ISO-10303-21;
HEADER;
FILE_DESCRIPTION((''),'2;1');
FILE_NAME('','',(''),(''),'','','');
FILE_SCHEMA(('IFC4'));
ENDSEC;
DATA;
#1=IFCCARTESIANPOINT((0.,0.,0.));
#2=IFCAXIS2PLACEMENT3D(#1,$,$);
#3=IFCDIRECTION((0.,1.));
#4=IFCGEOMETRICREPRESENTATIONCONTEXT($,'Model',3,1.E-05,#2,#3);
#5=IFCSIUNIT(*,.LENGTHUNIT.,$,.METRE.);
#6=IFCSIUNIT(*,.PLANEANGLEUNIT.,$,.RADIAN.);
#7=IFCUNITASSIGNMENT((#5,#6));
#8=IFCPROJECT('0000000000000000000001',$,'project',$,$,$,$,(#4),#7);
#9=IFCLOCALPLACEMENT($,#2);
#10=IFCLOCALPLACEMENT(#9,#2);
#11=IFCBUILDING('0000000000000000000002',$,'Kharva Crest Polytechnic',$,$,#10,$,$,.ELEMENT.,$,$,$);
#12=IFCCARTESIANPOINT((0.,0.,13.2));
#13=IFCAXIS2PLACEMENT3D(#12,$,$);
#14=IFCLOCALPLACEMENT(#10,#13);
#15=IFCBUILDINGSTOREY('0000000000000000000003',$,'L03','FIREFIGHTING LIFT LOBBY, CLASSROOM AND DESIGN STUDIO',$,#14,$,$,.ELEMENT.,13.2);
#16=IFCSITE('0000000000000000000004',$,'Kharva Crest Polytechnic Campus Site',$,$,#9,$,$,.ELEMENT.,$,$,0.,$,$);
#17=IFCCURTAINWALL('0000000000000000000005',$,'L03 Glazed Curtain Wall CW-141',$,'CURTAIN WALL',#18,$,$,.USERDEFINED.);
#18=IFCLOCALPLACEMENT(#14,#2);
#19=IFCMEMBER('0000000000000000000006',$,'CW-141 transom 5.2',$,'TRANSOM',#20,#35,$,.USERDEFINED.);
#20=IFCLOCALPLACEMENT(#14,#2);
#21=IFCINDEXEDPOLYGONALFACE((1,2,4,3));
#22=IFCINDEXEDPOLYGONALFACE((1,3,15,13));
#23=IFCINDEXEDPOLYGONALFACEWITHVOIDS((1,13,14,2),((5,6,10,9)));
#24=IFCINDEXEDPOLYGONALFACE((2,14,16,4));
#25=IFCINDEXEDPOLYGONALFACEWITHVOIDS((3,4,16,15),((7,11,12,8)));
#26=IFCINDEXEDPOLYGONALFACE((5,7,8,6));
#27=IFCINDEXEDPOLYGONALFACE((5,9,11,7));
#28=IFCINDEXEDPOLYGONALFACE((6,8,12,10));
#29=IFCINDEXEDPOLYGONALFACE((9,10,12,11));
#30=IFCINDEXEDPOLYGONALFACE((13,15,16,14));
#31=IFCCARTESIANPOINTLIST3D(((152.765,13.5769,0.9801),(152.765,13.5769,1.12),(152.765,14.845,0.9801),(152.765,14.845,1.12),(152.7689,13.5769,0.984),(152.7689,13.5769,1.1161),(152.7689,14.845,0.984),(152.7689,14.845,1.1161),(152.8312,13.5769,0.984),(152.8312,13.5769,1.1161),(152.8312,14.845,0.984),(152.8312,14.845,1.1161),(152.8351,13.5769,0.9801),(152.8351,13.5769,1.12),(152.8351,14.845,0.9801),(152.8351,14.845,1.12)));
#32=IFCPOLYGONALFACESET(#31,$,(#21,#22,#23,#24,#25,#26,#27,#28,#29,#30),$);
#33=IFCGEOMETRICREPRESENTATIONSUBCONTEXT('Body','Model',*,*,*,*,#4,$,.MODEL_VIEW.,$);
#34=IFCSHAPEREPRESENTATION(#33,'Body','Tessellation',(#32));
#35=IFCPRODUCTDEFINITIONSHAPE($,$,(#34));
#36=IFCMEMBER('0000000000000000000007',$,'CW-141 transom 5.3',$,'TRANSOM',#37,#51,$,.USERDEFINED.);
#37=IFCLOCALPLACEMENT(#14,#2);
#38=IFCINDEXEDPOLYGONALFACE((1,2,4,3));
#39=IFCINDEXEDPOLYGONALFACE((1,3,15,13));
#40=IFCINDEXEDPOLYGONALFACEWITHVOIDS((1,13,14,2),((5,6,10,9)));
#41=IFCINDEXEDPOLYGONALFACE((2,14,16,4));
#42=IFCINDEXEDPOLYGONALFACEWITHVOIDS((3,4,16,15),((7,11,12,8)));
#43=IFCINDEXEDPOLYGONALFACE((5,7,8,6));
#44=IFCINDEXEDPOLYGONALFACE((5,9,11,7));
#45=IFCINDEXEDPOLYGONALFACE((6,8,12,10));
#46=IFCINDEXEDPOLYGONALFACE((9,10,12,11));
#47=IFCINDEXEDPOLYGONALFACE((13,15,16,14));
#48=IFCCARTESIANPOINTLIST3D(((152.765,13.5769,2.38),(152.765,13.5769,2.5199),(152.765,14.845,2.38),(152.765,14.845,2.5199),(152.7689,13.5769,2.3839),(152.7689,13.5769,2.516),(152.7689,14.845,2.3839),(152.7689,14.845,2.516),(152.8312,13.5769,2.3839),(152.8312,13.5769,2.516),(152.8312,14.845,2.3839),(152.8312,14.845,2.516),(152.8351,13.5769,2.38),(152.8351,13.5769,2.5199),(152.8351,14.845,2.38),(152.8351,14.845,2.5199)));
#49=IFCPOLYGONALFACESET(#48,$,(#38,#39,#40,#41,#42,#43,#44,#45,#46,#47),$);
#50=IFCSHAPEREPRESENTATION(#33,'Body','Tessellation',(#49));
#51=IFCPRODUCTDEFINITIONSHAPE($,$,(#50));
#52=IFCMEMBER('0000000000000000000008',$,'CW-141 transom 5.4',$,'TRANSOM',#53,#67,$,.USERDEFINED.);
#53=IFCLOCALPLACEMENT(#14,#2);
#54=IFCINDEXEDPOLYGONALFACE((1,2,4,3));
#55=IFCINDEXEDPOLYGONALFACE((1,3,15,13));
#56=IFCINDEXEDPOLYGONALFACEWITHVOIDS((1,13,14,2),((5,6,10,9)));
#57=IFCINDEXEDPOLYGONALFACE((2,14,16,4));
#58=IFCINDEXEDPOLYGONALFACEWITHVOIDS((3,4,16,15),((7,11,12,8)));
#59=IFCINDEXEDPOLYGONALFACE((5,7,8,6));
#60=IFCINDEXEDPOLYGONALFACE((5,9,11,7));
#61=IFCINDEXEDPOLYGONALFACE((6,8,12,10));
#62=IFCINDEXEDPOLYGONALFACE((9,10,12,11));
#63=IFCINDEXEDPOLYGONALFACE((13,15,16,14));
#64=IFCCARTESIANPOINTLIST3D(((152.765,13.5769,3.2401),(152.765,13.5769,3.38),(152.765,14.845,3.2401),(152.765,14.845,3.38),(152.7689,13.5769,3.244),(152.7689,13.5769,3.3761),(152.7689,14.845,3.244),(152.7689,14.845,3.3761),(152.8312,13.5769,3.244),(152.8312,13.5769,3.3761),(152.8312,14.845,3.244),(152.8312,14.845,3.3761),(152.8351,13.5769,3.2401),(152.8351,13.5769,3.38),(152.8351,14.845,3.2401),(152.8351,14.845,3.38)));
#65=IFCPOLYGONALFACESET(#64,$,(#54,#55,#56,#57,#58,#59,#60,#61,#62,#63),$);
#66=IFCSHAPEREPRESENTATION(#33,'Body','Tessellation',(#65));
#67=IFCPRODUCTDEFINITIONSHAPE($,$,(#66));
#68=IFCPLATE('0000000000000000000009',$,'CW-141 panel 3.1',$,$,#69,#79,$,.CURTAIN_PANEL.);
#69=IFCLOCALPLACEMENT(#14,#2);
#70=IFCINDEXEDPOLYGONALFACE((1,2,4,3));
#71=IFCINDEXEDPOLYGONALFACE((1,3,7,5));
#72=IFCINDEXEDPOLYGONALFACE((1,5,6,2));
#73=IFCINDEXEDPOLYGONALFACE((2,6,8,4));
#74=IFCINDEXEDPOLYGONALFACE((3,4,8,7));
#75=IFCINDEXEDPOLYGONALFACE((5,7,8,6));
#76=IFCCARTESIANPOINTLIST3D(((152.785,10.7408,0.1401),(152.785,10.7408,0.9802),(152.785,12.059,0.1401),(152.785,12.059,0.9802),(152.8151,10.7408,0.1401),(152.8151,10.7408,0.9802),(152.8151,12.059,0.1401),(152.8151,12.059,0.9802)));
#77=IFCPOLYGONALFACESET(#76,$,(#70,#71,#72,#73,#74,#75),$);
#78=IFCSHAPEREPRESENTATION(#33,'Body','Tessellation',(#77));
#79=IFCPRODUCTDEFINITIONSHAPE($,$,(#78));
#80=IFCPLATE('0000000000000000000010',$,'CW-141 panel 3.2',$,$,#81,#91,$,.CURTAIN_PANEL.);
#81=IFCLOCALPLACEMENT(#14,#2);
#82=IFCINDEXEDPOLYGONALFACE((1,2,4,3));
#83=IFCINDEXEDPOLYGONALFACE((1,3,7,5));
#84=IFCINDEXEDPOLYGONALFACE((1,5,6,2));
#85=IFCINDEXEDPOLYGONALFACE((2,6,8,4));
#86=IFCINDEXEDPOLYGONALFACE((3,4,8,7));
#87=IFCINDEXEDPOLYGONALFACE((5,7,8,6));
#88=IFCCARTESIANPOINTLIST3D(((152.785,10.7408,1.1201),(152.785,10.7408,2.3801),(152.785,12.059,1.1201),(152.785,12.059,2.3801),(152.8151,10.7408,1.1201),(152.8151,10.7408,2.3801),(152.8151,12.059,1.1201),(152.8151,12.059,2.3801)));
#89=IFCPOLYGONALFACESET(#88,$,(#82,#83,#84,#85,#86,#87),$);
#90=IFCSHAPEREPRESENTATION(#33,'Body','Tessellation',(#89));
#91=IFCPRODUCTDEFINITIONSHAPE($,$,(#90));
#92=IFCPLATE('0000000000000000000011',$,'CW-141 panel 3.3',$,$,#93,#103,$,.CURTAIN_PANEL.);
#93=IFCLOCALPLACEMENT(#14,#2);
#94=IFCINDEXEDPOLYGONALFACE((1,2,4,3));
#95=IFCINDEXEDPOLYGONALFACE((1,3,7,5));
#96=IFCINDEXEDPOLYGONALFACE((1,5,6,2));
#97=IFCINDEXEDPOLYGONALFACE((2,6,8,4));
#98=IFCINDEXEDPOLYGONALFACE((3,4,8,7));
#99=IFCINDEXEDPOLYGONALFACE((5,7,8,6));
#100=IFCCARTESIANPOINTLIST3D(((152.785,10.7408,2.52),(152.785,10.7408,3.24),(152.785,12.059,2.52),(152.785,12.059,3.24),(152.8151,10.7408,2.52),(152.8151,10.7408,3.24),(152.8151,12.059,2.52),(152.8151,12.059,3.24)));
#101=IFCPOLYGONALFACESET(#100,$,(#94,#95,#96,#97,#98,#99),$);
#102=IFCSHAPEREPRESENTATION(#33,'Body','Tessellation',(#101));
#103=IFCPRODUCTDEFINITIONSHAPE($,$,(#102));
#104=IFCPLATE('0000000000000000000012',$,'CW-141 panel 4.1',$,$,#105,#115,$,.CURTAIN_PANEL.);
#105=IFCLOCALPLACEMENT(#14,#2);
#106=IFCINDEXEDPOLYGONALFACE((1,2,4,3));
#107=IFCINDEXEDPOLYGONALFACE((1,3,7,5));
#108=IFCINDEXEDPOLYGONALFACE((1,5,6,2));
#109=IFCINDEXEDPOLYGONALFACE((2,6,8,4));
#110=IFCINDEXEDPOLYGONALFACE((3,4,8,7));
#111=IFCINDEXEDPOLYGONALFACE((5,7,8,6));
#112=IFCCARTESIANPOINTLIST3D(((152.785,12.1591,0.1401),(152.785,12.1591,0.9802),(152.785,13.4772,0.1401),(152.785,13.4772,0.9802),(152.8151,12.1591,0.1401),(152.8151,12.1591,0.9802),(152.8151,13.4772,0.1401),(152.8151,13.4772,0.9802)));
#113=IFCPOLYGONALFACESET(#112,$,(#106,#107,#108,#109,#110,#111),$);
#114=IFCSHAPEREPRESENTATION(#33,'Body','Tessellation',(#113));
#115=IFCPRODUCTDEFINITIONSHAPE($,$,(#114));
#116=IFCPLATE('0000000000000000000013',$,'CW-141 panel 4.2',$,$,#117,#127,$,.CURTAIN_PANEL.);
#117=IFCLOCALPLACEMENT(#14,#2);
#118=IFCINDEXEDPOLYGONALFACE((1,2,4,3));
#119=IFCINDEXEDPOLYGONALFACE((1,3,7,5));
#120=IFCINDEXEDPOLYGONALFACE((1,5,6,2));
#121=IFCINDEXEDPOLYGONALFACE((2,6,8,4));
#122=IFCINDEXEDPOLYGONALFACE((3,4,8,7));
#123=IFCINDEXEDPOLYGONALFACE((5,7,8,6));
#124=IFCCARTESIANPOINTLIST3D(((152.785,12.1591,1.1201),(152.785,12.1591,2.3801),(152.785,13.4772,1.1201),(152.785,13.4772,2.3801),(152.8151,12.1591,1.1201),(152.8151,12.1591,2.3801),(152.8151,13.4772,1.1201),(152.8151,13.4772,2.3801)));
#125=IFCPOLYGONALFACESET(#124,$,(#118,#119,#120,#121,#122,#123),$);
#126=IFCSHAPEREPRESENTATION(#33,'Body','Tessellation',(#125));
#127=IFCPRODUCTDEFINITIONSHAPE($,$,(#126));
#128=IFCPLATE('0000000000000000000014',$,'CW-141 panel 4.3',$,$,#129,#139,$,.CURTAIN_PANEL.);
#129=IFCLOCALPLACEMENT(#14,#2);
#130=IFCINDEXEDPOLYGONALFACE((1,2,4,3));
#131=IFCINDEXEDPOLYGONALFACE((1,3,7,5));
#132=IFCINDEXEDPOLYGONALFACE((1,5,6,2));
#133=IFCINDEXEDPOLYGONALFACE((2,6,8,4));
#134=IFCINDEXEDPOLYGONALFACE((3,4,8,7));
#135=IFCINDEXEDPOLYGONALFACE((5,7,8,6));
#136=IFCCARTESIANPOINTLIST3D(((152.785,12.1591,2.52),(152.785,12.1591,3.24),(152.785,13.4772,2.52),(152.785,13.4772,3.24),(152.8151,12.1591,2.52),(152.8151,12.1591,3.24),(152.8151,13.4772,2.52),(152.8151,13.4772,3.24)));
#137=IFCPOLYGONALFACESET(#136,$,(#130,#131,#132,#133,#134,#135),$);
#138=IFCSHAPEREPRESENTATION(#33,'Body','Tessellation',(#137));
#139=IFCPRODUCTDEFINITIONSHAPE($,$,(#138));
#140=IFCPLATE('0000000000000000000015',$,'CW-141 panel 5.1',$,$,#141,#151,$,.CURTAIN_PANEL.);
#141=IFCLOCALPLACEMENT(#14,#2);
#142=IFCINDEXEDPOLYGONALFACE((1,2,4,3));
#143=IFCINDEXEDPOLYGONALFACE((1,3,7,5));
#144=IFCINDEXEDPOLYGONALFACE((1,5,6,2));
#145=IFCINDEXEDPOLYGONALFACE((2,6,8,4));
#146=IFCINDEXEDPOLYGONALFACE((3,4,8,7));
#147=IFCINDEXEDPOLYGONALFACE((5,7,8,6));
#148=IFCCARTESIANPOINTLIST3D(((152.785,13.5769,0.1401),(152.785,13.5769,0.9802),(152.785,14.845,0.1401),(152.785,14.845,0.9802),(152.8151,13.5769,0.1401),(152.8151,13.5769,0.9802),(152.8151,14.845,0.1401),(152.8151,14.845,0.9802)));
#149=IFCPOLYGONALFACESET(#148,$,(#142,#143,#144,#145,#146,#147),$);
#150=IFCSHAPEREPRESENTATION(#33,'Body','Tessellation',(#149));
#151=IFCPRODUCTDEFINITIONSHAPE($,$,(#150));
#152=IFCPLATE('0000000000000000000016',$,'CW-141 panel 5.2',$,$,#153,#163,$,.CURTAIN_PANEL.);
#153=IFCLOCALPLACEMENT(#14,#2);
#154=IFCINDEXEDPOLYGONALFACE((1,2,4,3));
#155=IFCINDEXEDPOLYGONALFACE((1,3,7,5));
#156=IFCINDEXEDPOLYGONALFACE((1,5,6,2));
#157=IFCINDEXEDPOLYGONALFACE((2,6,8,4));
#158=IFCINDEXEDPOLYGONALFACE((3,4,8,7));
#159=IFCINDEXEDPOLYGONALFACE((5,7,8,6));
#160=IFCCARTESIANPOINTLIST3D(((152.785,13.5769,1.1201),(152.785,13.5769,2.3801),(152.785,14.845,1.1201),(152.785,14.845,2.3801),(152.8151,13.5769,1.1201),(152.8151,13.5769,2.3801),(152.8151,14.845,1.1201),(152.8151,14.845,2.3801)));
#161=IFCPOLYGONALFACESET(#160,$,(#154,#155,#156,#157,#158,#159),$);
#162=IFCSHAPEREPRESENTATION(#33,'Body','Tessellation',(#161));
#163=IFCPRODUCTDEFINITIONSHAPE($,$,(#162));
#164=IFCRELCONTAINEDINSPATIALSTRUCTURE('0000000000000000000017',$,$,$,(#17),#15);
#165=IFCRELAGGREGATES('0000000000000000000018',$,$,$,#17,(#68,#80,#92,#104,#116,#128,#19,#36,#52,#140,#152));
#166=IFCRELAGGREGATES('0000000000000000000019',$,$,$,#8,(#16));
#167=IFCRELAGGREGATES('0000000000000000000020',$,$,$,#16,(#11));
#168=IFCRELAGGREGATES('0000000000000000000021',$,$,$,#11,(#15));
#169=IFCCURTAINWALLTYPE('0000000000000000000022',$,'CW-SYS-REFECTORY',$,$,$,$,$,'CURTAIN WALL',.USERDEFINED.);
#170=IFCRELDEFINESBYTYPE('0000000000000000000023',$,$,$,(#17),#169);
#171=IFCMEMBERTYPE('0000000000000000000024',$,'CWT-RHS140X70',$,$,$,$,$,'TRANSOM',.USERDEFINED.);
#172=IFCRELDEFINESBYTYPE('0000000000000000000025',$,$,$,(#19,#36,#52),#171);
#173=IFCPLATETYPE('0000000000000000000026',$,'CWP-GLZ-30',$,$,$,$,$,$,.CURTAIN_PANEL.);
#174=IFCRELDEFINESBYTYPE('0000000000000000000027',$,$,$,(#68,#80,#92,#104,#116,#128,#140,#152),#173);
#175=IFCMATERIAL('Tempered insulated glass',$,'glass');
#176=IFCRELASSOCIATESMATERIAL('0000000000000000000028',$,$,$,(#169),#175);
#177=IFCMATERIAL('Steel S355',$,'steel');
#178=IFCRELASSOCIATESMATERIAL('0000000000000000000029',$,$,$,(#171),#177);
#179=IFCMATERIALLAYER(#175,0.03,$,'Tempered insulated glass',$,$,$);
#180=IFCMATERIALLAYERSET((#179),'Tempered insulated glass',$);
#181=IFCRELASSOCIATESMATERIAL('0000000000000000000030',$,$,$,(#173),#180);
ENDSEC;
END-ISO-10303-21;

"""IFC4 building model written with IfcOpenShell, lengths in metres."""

from ifc_helpers import new_model, si_unit, direction, frame, origin, origin_2d, place, context, subcontext, project, spatial, rectangle, hollow_rectangle, extrude, material, layer, layer_set, material_profile, profile_set, type_object, element, aggregate, save


model = new_model("IFC4")

# Units and contexts
model_context = context("Model", 3, precision=1e-05, world=origin(), true_north=direction((0.0, 1.0)))
body_context = subcontext(model_context, "Body", "Model", "MODEL_VIEW")
ifc_project = project(units=[si_unit("LENGTHUNIT", "METRE"), si_unit("PLANEANGLEUNIT", "RADIAN")], contexts=[model_context])

# Site, building, storey
site_placement = place(None, origin())
site = spatial("IfcSite", under=ifc_project, at=site_placement, Name="Kharva Crest Polytechnic Campus Site", CompositionType="ELEMENT", RefElevation=0.0)
building_placement = place(site_placement, origin())
building = spatial("IfcBuilding", under=site, at=building_placement, Name="Kharva Crest Polytechnic", CompositionType="ELEMENT")
storey_placement = place(building_placement, frame((0.0, 0.0, 13.2)))
storey = spatial("IfcBuildingStorey", under=building, at=storey_placement, Name="L03", Description="FIREFIGHTING LIFT LOBBY, CLASSROOM AND DESIGN STUDIO", CompositionType="ELEMENT", Elevation=13.2)

# Curtain wall, members, plates
ifc_material_1 = material(Name="Tempered insulated glass", Category="glass")
curtain_wall_type = type_object("IfcCurtainWallType", Name="CW-SYS-REFECTORY", ElementType="CURTAIN WALL", PredefinedType="USERDEFINED", material=ifc_material_1)
curtain_wall_placement = place(storey_placement, origin())
curtain_wall = element("IfcCurtainWall", 1, at=curtain_wall_placement, inside=storey, type_object=curtain_wall_type, Name="L03 Glazed Curtain Wall CW-141", ObjectType="CURTAIN WALL", PredefinedType="USERDEFINED")
ifc_material_2 = material(Name="Steel S355", Category="steel")
ifc_material_profile_1 = material_profile(ifc_material_2, hollow_rectangle(XDim=0.0701, YDim=0.1399, WallThickness=0.0039, at=origin_2d()), Name="RHS 140X70X4.0")
ifc_profile_set_1 = profile_set([ifc_material_profile_1], Name="Steel S355")
member_type_1 = type_object("IfcMemberType", Name="CWT-RHS140X70", ElementType="TRANSOM", PredefinedType="USERDEFINED", material=ifc_profile_set_1)
member_1_placement = place(storey_placement, frame((152.8, 13.5769, 1.05), z_axis=(0.0, 1.0, 0.0), x_axis=(-1.0, 0.0, 0.0)))
member_1 = element("IfcMember", 2, at=member_1_placement, type_object=member_type_1, Name="CW-141 transom 5.2", ObjectType="TRANSOM", PredefinedType="USERDEFINED", context=body_context, shape_type="SweptSolid", body=[
    extrude(hollow_rectangle(XDim=0.0701, YDim=0.1399, WallThickness=0.0039, at=origin_2d()), origin(), (0.0, 0.0, 1.0), 1.2681),
])
member_2_placement = place(storey_placement, frame((152.8, 13.5769, 2.45), z_axis=(0.0, 1.0, 0.0), x_axis=(-1.0, 0.0, 0.0)))
member_2 = element("IfcMember", 3, at=member_2_placement, type_object=member_type_1, Name="CW-141 transom 5.3", ObjectType="TRANSOM", PredefinedType="USERDEFINED", context=body_context, shape_type="SweptSolid", body=[
    extrude(hollow_rectangle(XDim=0.0701, YDim=0.1399, WallThickness=0.0039, at=origin_2d()), origin(), (0.0, 0.0, 1.0), 1.2681),
])
member_3_placement = place(storey_placement, frame((152.8, 13.5769, 3.3101), z_axis=(0.0, 1.0, 0.0), x_axis=(-1.0, 0.0, 0.0)))
member_3 = element("IfcMember", 4, at=member_3_placement, type_object=member_type_1, Name="CW-141 transom 5.4", ObjectType="TRANSOM", PredefinedType="USERDEFINED", context=body_context, shape_type="SweptSolid", body=[
    extrude(hollow_rectangle(XDim=0.0701, YDim=0.1399, WallThickness=0.0039, at=origin_2d()), origin(), (0.0, 0.0, 1.0), 1.2681),
])
ifc_layer = layer(ifc_material_1, 0.03, Name="Tempered insulated glass")
ifc_layer_set = layer_set([ifc_layer], Name="Tempered insulated glass")
plate_type = type_object("IfcPlateType", Name="CWP-GLZ-30", PredefinedType="CURTAIN_PANEL", material=ifc_layer_set)
plate_1_placement = place(storey_placement, frame((152.8, 11.3999, 0.1401), z_axis=(0.0, 0.0, 1.0), x_axis=(0.0, 1.0, 0.0)))
plate_1 = element("IfcPlate", 5, at=plate_1_placement, type_object=plate_type, Name="CW-141 panel 3.1", PredefinedType="CURTAIN_PANEL", context=body_context, shape_type="SweptSolid", body=[
    extrude(rectangle(XDim=1.3181, YDim=0.03, at=origin_2d()), origin(), (0.0, 0.0, 1.0), 0.8401),
])
plate_2_placement = place(storey_placement, frame((152.8, 11.3999, 1.1201), z_axis=(0.0, 0.0, 1.0), x_axis=(0.0, 1.0, 0.0)))
plate_2 = element("IfcPlate", 6, at=plate_2_placement, type_object=plate_type, Name="CW-141 panel 3.2", PredefinedType="CURTAIN_PANEL", context=body_context, shape_type="SweptSolid", body=[
    extrude(rectangle(XDim=1.3181, YDim=0.03, at=origin_2d()), origin(), (0.0, 0.0, 1.0), 1.26),
])
plate_3_placement = place(storey_placement, frame((152.8, 11.3999, 2.52), z_axis=(0.0, 0.0, 1.0), x_axis=(0.0, 1.0, 0.0)))
plate_3 = element("IfcPlate", 7, at=plate_3_placement, type_object=plate_type, Name="CW-141 panel 3.3", PredefinedType="CURTAIN_PANEL", context=body_context, shape_type="SweptSolid", body=[
    extrude(rectangle(XDim=1.3181, YDim=0.03, at=origin_2d()), origin(), (0.0, 0.0, 1.0), 0.72),
])
plate_4_placement = place(storey_placement, frame((152.8, 12.8181, 0.1401), z_axis=(0.0, 0.0, 1.0), x_axis=(0.0, 1.0, 0.0)))
plate_4 = element("IfcPlate", 8, at=plate_4_placement, type_object=plate_type, Name="CW-141 panel 4.1", PredefinedType="CURTAIN_PANEL", context=body_context, shape_type="SweptSolid", body=[
    extrude(rectangle(XDim=1.3181, YDim=0.03, at=origin_2d()), origin(), (0.0, 0.0, 1.0), 0.8401),
])
plate_5_placement = place(storey_placement, frame((152.8, 12.8181, 1.1201), z_axis=(0.0, 0.0, 1.0), x_axis=(0.0, 1.0, 0.0)))
plate_5 = element("IfcPlate", 9, at=plate_5_placement, type_object=plate_type, Name="CW-141 panel 4.2", PredefinedType="CURTAIN_PANEL", context=body_context, shape_type="SweptSolid", body=[
    extrude(rectangle(XDim=1.3181, YDim=0.03, at=origin_2d()), origin(), (0.0, 0.0, 1.0), 1.26),
])
plate_6_placement = place(storey_placement, frame((152.8, 12.8181, 2.52), z_axis=(0.0, 0.0, 1.0), x_axis=(0.0, 1.0, 0.0)))
plate_6 = element("IfcPlate", 10, at=plate_6_placement, type_object=plate_type, Name="CW-141 panel 4.3", PredefinedType="CURTAIN_PANEL", context=body_context, shape_type="SweptSolid", body=[
    extrude(rectangle(XDim=1.3181, YDim=0.03, at=origin_2d()), origin(), (0.0, 0.0, 1.0), 0.72),
])
plate_7_placement = place(storey_placement, frame((152.8, 14.2109, 0.1401), z_axis=(0.0, 0.0, 1.0), x_axis=(0.0, 1.0, 0.0)))
plate_7 = element("IfcPlate", 11, at=plate_7_placement, type_object=plate_type, Name="CW-141 panel 5.1", PredefinedType="CURTAIN_PANEL", context=body_context, shape_type="SweptSolid", body=[
    extrude(rectangle(XDim=1.2681, YDim=0.03, at=origin_2d()), origin(), (0.0, 0.0, 1.0), 0.8401),
])
plate_8_placement = place(storey_placement, frame((152.8, 14.2109, 1.1201), z_axis=(0.0, 0.0, 1.0), x_axis=(0.0, 1.0, 0.0)))
plate_8 = element("IfcPlate", 12, at=plate_8_placement, type_object=plate_type, Name="CW-141 panel 5.2", PredefinedType="CURTAIN_PANEL", context=body_context, shape_type="SweptSolid", body=[
    extrude(rectangle(XDim=1.2681, YDim=0.03, at=origin_2d()), origin(), (0.0, 0.0, 1.0), 1.26),
])
aggregate(curtain_wall, [plate_1, plate_2, plate_3, plate_4, plate_5, plate_6, member_1, member_2, member_3, plate_7, plate_8])

save(model, "model.ifc")
